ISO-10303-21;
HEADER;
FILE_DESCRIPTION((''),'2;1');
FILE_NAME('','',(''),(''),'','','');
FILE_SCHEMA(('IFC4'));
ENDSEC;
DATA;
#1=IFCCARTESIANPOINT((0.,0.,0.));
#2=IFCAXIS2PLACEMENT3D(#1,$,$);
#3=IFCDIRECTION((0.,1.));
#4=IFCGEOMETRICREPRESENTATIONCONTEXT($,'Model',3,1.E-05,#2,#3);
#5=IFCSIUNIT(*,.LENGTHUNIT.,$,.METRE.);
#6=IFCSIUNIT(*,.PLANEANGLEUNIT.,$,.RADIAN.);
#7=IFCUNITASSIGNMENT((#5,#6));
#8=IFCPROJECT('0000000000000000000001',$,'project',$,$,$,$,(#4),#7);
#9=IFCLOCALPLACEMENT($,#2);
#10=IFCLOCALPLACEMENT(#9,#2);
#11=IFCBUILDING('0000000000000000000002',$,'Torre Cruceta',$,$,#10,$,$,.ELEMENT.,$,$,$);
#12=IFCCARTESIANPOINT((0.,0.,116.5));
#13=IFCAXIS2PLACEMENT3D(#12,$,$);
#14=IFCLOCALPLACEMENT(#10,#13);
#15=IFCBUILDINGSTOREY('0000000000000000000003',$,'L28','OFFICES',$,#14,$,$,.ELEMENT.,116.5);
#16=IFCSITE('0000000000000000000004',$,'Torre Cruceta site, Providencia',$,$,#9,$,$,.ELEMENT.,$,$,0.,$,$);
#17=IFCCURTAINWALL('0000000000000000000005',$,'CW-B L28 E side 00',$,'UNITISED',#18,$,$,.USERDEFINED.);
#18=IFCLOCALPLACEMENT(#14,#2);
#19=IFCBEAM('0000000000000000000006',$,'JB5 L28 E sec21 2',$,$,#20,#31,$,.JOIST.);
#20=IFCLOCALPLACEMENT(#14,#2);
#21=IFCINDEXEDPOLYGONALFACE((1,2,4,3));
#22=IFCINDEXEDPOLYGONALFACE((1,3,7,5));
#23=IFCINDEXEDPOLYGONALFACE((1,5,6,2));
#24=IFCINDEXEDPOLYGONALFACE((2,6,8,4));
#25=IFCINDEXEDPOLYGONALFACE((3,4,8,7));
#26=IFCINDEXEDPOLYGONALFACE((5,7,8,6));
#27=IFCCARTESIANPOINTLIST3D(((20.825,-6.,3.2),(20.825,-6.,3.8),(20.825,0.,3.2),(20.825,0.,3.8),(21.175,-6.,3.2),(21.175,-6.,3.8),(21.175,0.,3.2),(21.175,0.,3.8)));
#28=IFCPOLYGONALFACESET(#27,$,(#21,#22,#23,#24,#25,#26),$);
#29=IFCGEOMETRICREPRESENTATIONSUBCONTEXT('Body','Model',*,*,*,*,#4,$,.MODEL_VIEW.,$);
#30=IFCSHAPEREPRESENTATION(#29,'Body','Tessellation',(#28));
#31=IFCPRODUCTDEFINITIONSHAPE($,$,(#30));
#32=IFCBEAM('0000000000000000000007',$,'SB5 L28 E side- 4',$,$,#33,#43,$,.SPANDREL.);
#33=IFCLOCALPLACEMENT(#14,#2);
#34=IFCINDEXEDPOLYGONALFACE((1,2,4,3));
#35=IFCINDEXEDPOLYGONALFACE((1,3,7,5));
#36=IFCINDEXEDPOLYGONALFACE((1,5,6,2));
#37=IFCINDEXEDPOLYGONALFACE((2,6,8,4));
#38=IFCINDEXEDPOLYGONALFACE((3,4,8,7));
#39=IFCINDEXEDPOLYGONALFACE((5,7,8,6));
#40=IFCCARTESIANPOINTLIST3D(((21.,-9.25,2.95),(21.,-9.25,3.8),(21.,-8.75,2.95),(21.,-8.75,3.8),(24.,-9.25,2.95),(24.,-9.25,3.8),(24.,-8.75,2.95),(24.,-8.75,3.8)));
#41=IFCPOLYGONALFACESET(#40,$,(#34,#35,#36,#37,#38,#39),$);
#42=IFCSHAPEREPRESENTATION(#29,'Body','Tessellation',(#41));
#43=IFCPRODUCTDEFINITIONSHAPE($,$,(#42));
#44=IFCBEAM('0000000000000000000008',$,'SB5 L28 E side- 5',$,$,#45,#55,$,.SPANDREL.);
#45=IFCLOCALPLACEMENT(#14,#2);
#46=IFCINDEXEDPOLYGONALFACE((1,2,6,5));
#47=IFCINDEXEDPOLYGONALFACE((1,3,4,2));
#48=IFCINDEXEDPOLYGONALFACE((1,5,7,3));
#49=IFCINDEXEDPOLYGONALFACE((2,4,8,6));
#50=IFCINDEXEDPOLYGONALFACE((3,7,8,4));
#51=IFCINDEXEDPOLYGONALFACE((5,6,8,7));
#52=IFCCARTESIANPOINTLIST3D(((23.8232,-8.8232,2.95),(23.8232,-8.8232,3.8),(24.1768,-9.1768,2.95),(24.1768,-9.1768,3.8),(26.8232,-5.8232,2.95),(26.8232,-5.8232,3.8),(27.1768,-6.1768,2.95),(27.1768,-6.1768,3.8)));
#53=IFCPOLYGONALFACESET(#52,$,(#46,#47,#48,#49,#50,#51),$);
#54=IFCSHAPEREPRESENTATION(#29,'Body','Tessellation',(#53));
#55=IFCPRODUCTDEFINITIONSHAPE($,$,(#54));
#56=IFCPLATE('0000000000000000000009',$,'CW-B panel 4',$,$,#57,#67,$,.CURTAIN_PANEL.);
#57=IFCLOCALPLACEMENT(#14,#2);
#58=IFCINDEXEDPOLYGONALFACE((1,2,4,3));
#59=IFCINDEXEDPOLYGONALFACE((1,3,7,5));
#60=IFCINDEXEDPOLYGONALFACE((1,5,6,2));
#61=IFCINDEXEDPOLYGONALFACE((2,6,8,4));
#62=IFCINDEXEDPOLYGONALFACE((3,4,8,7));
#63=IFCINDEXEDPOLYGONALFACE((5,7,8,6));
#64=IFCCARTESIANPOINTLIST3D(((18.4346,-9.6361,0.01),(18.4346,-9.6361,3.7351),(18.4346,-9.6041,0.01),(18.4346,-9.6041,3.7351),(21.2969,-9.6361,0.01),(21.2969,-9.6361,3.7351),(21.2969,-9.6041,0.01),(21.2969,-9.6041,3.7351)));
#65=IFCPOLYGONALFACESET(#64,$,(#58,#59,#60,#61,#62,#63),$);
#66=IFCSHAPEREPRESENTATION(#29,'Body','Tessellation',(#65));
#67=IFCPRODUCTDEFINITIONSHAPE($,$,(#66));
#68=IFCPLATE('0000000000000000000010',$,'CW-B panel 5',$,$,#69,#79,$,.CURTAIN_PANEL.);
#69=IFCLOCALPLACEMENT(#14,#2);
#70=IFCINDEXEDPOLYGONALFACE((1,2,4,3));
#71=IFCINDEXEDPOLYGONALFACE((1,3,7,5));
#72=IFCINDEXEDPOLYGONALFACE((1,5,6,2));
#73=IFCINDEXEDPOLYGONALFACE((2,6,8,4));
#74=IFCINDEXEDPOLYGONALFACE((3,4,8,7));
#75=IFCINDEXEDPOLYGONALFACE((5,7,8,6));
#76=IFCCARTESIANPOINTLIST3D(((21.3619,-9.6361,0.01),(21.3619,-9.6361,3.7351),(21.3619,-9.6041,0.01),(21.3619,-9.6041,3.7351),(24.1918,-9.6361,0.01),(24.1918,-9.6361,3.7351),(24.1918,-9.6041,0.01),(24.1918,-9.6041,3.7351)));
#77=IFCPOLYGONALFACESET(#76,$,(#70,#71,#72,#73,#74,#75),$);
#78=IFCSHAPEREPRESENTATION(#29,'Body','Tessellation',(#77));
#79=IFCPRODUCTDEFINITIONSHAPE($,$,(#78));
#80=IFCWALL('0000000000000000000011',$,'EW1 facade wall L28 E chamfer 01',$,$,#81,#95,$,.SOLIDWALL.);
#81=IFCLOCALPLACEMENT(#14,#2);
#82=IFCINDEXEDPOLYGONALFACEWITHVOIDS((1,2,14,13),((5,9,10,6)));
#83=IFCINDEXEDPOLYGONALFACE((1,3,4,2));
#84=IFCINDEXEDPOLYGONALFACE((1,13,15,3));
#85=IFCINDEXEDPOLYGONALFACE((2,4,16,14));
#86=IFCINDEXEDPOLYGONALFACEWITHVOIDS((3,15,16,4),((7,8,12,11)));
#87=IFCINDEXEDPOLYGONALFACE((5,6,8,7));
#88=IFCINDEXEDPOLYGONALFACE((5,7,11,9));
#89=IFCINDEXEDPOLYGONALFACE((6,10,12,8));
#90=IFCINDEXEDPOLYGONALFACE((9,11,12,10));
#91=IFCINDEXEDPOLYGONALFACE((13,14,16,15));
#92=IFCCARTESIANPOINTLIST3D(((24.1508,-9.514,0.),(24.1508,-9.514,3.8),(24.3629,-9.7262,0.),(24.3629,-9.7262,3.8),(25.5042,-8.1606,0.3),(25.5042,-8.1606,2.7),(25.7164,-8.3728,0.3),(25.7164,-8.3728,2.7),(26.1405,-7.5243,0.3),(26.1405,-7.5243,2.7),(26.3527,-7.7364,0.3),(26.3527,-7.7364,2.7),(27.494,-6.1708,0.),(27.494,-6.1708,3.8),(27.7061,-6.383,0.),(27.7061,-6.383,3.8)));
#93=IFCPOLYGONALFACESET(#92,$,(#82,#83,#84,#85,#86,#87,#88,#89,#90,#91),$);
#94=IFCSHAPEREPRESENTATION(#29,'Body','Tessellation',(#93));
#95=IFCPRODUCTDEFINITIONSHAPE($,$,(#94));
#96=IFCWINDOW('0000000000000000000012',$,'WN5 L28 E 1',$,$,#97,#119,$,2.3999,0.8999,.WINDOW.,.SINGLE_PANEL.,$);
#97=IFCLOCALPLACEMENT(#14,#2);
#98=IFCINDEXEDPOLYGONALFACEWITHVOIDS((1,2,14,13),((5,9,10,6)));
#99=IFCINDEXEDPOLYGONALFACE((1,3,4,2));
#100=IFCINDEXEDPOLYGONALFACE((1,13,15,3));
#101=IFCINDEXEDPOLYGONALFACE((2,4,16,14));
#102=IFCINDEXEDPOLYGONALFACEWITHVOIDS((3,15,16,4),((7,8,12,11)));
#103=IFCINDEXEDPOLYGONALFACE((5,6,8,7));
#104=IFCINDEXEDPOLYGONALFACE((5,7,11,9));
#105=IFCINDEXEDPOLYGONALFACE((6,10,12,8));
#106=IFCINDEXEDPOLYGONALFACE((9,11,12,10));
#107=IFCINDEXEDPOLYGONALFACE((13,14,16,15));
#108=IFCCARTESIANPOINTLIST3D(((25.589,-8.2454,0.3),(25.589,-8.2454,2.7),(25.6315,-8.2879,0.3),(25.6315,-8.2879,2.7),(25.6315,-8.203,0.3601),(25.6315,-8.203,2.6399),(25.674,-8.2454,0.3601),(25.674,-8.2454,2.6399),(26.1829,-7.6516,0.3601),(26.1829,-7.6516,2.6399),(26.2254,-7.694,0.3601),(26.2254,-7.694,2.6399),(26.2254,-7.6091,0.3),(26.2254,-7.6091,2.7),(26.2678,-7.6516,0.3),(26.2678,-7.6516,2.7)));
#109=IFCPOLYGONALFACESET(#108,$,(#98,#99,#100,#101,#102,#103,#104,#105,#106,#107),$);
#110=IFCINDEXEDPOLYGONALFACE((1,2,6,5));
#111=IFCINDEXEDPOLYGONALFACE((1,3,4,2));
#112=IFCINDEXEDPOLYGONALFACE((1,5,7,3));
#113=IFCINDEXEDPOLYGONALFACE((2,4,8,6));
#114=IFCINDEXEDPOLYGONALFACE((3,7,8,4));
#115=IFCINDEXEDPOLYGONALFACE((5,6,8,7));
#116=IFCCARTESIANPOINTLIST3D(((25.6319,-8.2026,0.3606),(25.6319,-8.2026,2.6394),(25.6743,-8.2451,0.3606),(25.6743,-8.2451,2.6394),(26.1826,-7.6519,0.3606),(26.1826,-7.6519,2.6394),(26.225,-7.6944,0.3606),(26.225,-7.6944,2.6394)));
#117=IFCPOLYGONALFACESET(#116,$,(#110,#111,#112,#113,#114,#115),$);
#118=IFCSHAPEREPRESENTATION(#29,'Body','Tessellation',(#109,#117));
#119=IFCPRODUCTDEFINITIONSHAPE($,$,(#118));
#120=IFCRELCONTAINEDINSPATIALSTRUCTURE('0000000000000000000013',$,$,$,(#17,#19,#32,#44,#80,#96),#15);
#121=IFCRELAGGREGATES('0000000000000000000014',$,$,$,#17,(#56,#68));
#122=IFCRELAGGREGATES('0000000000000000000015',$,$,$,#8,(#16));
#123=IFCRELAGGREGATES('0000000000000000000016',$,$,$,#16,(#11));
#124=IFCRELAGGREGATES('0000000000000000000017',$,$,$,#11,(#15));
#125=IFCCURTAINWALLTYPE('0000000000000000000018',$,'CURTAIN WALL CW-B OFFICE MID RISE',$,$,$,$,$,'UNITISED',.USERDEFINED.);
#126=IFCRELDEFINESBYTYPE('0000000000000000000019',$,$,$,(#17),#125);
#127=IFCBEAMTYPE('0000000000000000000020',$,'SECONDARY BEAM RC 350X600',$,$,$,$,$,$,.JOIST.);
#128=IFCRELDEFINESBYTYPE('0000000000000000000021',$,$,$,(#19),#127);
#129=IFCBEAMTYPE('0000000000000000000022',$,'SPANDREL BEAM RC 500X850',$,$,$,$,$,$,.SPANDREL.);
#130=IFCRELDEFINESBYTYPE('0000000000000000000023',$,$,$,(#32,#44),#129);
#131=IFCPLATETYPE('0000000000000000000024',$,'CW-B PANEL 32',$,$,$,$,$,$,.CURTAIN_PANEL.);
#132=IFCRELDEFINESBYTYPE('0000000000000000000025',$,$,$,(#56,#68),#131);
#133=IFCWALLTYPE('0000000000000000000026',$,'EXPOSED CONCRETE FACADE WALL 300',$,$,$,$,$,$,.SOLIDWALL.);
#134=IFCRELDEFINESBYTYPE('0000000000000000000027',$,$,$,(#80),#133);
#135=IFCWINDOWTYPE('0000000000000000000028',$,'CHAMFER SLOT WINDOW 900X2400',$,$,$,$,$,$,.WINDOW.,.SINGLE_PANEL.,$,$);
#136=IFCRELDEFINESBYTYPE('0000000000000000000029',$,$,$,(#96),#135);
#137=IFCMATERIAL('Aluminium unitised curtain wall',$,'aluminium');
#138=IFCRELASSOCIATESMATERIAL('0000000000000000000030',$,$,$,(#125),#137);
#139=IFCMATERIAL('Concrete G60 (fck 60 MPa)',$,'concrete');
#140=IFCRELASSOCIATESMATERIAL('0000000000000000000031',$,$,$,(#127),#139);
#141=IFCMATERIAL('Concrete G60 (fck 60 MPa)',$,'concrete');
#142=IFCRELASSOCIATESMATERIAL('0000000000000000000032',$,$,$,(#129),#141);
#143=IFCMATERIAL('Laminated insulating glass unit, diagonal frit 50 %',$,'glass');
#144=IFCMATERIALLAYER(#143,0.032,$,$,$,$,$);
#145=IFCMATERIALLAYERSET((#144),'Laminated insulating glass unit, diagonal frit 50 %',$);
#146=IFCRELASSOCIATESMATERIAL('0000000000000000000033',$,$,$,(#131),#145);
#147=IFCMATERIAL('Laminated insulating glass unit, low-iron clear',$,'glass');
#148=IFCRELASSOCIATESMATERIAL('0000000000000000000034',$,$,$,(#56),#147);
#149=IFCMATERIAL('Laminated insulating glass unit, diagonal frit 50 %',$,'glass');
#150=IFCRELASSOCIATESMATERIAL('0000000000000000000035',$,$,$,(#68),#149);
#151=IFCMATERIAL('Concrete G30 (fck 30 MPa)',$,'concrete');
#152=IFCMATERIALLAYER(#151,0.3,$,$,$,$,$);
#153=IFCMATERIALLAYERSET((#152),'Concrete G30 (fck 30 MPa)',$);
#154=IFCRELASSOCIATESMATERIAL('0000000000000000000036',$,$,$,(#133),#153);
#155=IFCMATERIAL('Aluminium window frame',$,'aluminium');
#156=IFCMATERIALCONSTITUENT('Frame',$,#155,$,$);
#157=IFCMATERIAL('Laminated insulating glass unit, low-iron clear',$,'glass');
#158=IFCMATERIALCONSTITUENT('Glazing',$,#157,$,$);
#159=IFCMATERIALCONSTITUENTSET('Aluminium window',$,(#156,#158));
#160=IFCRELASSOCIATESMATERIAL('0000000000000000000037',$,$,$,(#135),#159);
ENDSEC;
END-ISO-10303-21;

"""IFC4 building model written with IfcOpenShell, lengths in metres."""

from ifc_helpers import new_model, si_unit, direction, frame, frame_2d, origin, origin_2d, place, context, subcontext, project, spatial, rectangle, hollow_rectangle, extrude, material, layer, layer_set, constituent, constituent_set, material_profile, profile_set, type_object, element, fill, aggregate, save


model = new_model("IFC4")

# Units and contexts
model_context = context("Model", 3, precision=1e-05, world=origin(), true_north=direction((0.0, 1.0)))
body_context = subcontext(model_context, "Body", "Model", "MODEL_VIEW")
ifc_project = project(units=[si_unit("LENGTHUNIT", "METRE"), si_unit("PLANEANGLEUNIT", "RADIAN")], contexts=[model_context])

# Site, building, storey
site_placement = place(None, origin())
site = spatial("IfcSite", under=ifc_project, at=site_placement, Name="Torre Cruceta site, Providencia", CompositionType="ELEMENT", RefElevation=0.0)
building_placement = place(site_placement, origin())
building = spatial("IfcBuilding", under=site, at=building_placement, Name="Torre Cruceta", CompositionType="ELEMENT")
storey_placement = place(building_placement, frame((0.0, 0.0, 116.5)))
storey = spatial("IfcBuildingStorey", under=building, at=storey_placement, Name="L28", Description="OFFICES", CompositionType="ELEMENT", Elevation=116.5)

# Curtain wall
ifc_material_1 = material(Name="Aluminium unitised curtain wall", Category="aluminium")
curtain_wall_type = type_object("IfcCurtainWallType", Name="CURTAIN WALL CW-B OFFICE MID RISE", ElementType="UNITISED", PredefinedType="USERDEFINED", material=ifc_material_1)
curtain_wall_placement = place(storey_placement, origin())
curtain_wall = element("IfcCurtainWall", 1, at=curtain_wall_placement, inside=storey, type_object=curtain_wall_type, Name="CW-B L28 E side 00", ObjectType="UNITISED", PredefinedType="USERDEFINED")

# Beams
ifc_material_2 = material(Name="Concrete G60 (fck 60 MPa)", Category="concrete")
ifc_material_profile_1 = material_profile(ifc_material_2, rectangle(XDim=0.3501, YDim=0.6001, at=origin_2d()), Name="RC 350X600")
ifc_profile_set_1 = profile_set([ifc_material_profile_1], Name="Concrete G60 (fck 60 MPa)")
beam_type_1 = type_object("IfcBeamType", Name="SECONDARY BEAM RC 350X600", PredefinedType="JOIST", material=ifc_profile_set_1)
beam_1_placement = place(storey_placement, frame((21.0, -6.0, 3.5), z_axis=(0.0, 1.0, 0.0), x_axis=(-1.0, 0.0, 0.0)))
element("IfcBeam", 2, at=beam_1_placement, inside=storey, type_object=beam_type_1, Name="JB5 L28 E sec21 2", PredefinedType="JOIST", context=body_context, shape_type="SweptSolid", body=[
    extrude(rectangle(XDim=0.3501, YDim=0.6001, at=origin_2d()), origin(), (0.0, 0.0, 1.0), 6.0),
])
ifc_material_3 = material(Name="Concrete G60 (fck 60 MPa)", Category="concrete")
ifc_material_profile_2 = material_profile(ifc_material_3, rectangle(XDim=0.5, YDim=0.8501, at=origin_2d()), Name="RC 500X850")
ifc_profile_set_2 = profile_set([ifc_material_profile_2], Name="Concrete G60 (fck 60 MPa)")
beam_type_2 = type_object("IfcBeamType", Name="SPANDREL BEAM RC 500X850", PredefinedType="SPANDREL", material=ifc_profile_set_2)
beam_2_placement = place(storey_placement, frame((21.0, -9.0, 3.375), z_axis=(1.0, 0.0, 0.0), x_axis=(0.0, 1.0, 0.0)))
element("IfcBeam", 3, at=beam_2_placement, inside=storey, type_object=beam_type_2, Name="SB5 L28 E side- 4", PredefinedType="SPANDREL", context=body_context, shape_type="SweptSolid", body=[
    extrude(rectangle(XDim=0.5, YDim=0.8501, at=origin_2d()), origin(), (0.0, 0.0, 1.0), 3.0),
])
beam_3_placement = place(storey_placement, frame((24.0, -9.0, 3.375), z_axis=(0.707107, 0.707107, 0.0), x_axis=(-0.707107, 0.707107, 0.0)))
element("IfcBeam", 4, at=beam_3_placement, inside=storey, type_object=beam_type_2, Name="SB5 L28 E side- 5", PredefinedType="SPANDREL", context=body_context, shape_type="SweptSolid", body=[
    extrude(rectangle(XDim=0.5, YDim=0.8501, at=origin_2d()), origin(), (0.0, 0.0, 1.0), 4.2427),
])

# Plates
ifc_material_4 = material(Name="Laminated insulating glass unit, low-iron clear", Category="glass")
ifc_material_5 = material(Name="Laminated insulating glass unit, diagonal frit 50 %", Category="glass")
ifc_layer_1 = layer(ifc_material_5, 0.032)
ifc_layer_set_1 = layer_set([ifc_layer_1], Name="Laminated insulating glass unit, diagonal frit 50 %")
plate_type = type_object("IfcPlateType", Name="CW-B PANEL 32", PredefinedType="CURTAIN_PANEL", material=ifc_layer_set_1)
plate_1_placement = place(storey_placement, frame((19.8657, -9.6201, 0.01), z_axis=(0.0, 0.0, 1.0), x_axis=(1.0, 0.0, 0.0)))
plate_1 = element("IfcPlate", 5, at=plate_1_placement, type_object=plate_type, material=ifc_material_4, Name="CW-B panel 4", PredefinedType="CURTAIN_PANEL", context=body_context, shape_type="SweptSolid", body=[
    extrude(rectangle(XDim=2.8623, YDim=0.032, at=origin_2d()), origin(), (0.0, 0.0, 1.0), 3.7251),
])
ifc_material_6 = material(Name="Laminated insulating glass unit, diagonal frit 50 %", Category="glass")
plate_2_placement = place(storey_placement, frame((22.7769, -9.6201, 0.01), z_axis=(0.0, 0.0, 1.0), x_axis=(1.0, 0.0, 0.0)))
plate_2 = element("IfcPlate", 6, at=plate_2_placement, type_object=plate_type, material=ifc_material_6, Name="CW-B panel 5", PredefinedType="CURTAIN_PANEL", context=body_context, shape_type="SweptSolid", body=[
    extrude(rectangle(XDim=2.8298, YDim=0.032, at=origin_2d()), origin(), (0.0, 0.0, 1.0), 3.7251),
])
aggregate(curtain_wall, [plate_1, plate_2])

# Wall, opening, window
ifc_material_7 = material(Name="Concrete G30 (fck 30 MPa)", Category="concrete")
ifc_layer_2 = layer(ifc_material_7, 0.3)
ifc_layer_set_2 = layer_set([ifc_layer_2], Name="Concrete G30 (fck 30 MPa)")
wall_type_1 = type_object("IfcWallType", Name="EXPOSED CONCRETE FACADE WALL 300", PredefinedType="SOLIDWALL", material=ifc_layer_set_2)
wall_1_placement = place(storey_placement, frame((24.2568, -9.6201, 0.0), z_axis=(0.0, 0.0, 1.0), x_axis=(0.707107, 0.707107, 0.0)))
wall_1 = element("IfcWall", 7, at=wall_1_placement, inside=storey, type_object=wall_type_1, Name="EW1 facade wall L28 E chamfer 01", PredefinedType="SOLIDWALL", context=body_context, shape_type="SweptSolid", body=[
    extrude(rectangle(XDim=4.728, YDim=0.3, at=frame_2d((2.364, 0.0))), origin(), (0.0, 0.0, 1.0), 3.8),
])
opening_1_placement = place(wall_1_placement, frame((1.9141, 0.0, 0.3)))
opening_1 = element("IfcOpeningElement", 8, at=opening_1_placement, cuts=wall_1, PredefinedType="OPENING", context=body_context, shape_type="SweptSolid", body=[
    extrude(rectangle(XDim=0.8999, YDim=2.3999, at=frame_2d((0.45, 1.2))), frame((0.0, 0.1599, 0.0), z_axis=(0.0, -1.0, 0.0), x_axis=(1.0, 0.0, 0.0)), (0.0, 0.0, 1.0), 0.3201),
])
ifc_material_8 = material(Name="Aluminium window frame", Category="aluminium")
ifc_constituent_1 = constituent(ifc_material_8, Name="Frame")
ifc_material_9 = material(Name="Laminated insulating glass unit, low-iron clear", Category="glass")
ifc_constituent_2 = constituent(ifc_material_9, Name="Glazing")
ifc_constituent_set_1 = constituent_set(constituents=[ifc_constituent_1, ifc_constituent_2], Name="Aluminium window")
window_type_1 = type_object("IfcWindowType", Name="CHAMFER SLOT WINDOW 900X2400", PartitioningType="SINGLE_PANEL", PredefinedType="WINDOW", material=ifc_constituent_set_1)
window_1_placement = place(opening_1_placement, origin())
window_1 = element("IfcWindow", 9, at=window_1_placement, inside=storey, type_object=window_type_1, Name="WN5 L28 E 1", OverallHeight=2.3999, OverallWidth=0.8999, PartitioningType="SINGLE_PANEL", PredefinedType="WINDOW", context=body_context, shape_type="SweptSolid", body=[
    extrude(hollow_rectangle(XDim=0.8999, YDim=2.3999, WallThickness=0.0601, at=frame_2d((0.45, 1.2))), frame((0.0, 0.03, 0.0), z_axis=(0.0, -1.0, 0.0), x_axis=(1.0, 0.0, 0.0)), (0.0, 0.0, 1.0), 0.0601),
    extrude(rectangle(XDim=0.7788, YDim=2.2788, at=frame_2d((0.45, 1.2))), frame((0.0, 0.03, 0.0), z_axis=(0.0, -1.0, 0.0), x_axis=(1.0, 0.0, 0.0)), (0.0, 0.0, 1.0), 0.0601),
])
fill(opening_1, window_1)

save(model, "model.ifc")
